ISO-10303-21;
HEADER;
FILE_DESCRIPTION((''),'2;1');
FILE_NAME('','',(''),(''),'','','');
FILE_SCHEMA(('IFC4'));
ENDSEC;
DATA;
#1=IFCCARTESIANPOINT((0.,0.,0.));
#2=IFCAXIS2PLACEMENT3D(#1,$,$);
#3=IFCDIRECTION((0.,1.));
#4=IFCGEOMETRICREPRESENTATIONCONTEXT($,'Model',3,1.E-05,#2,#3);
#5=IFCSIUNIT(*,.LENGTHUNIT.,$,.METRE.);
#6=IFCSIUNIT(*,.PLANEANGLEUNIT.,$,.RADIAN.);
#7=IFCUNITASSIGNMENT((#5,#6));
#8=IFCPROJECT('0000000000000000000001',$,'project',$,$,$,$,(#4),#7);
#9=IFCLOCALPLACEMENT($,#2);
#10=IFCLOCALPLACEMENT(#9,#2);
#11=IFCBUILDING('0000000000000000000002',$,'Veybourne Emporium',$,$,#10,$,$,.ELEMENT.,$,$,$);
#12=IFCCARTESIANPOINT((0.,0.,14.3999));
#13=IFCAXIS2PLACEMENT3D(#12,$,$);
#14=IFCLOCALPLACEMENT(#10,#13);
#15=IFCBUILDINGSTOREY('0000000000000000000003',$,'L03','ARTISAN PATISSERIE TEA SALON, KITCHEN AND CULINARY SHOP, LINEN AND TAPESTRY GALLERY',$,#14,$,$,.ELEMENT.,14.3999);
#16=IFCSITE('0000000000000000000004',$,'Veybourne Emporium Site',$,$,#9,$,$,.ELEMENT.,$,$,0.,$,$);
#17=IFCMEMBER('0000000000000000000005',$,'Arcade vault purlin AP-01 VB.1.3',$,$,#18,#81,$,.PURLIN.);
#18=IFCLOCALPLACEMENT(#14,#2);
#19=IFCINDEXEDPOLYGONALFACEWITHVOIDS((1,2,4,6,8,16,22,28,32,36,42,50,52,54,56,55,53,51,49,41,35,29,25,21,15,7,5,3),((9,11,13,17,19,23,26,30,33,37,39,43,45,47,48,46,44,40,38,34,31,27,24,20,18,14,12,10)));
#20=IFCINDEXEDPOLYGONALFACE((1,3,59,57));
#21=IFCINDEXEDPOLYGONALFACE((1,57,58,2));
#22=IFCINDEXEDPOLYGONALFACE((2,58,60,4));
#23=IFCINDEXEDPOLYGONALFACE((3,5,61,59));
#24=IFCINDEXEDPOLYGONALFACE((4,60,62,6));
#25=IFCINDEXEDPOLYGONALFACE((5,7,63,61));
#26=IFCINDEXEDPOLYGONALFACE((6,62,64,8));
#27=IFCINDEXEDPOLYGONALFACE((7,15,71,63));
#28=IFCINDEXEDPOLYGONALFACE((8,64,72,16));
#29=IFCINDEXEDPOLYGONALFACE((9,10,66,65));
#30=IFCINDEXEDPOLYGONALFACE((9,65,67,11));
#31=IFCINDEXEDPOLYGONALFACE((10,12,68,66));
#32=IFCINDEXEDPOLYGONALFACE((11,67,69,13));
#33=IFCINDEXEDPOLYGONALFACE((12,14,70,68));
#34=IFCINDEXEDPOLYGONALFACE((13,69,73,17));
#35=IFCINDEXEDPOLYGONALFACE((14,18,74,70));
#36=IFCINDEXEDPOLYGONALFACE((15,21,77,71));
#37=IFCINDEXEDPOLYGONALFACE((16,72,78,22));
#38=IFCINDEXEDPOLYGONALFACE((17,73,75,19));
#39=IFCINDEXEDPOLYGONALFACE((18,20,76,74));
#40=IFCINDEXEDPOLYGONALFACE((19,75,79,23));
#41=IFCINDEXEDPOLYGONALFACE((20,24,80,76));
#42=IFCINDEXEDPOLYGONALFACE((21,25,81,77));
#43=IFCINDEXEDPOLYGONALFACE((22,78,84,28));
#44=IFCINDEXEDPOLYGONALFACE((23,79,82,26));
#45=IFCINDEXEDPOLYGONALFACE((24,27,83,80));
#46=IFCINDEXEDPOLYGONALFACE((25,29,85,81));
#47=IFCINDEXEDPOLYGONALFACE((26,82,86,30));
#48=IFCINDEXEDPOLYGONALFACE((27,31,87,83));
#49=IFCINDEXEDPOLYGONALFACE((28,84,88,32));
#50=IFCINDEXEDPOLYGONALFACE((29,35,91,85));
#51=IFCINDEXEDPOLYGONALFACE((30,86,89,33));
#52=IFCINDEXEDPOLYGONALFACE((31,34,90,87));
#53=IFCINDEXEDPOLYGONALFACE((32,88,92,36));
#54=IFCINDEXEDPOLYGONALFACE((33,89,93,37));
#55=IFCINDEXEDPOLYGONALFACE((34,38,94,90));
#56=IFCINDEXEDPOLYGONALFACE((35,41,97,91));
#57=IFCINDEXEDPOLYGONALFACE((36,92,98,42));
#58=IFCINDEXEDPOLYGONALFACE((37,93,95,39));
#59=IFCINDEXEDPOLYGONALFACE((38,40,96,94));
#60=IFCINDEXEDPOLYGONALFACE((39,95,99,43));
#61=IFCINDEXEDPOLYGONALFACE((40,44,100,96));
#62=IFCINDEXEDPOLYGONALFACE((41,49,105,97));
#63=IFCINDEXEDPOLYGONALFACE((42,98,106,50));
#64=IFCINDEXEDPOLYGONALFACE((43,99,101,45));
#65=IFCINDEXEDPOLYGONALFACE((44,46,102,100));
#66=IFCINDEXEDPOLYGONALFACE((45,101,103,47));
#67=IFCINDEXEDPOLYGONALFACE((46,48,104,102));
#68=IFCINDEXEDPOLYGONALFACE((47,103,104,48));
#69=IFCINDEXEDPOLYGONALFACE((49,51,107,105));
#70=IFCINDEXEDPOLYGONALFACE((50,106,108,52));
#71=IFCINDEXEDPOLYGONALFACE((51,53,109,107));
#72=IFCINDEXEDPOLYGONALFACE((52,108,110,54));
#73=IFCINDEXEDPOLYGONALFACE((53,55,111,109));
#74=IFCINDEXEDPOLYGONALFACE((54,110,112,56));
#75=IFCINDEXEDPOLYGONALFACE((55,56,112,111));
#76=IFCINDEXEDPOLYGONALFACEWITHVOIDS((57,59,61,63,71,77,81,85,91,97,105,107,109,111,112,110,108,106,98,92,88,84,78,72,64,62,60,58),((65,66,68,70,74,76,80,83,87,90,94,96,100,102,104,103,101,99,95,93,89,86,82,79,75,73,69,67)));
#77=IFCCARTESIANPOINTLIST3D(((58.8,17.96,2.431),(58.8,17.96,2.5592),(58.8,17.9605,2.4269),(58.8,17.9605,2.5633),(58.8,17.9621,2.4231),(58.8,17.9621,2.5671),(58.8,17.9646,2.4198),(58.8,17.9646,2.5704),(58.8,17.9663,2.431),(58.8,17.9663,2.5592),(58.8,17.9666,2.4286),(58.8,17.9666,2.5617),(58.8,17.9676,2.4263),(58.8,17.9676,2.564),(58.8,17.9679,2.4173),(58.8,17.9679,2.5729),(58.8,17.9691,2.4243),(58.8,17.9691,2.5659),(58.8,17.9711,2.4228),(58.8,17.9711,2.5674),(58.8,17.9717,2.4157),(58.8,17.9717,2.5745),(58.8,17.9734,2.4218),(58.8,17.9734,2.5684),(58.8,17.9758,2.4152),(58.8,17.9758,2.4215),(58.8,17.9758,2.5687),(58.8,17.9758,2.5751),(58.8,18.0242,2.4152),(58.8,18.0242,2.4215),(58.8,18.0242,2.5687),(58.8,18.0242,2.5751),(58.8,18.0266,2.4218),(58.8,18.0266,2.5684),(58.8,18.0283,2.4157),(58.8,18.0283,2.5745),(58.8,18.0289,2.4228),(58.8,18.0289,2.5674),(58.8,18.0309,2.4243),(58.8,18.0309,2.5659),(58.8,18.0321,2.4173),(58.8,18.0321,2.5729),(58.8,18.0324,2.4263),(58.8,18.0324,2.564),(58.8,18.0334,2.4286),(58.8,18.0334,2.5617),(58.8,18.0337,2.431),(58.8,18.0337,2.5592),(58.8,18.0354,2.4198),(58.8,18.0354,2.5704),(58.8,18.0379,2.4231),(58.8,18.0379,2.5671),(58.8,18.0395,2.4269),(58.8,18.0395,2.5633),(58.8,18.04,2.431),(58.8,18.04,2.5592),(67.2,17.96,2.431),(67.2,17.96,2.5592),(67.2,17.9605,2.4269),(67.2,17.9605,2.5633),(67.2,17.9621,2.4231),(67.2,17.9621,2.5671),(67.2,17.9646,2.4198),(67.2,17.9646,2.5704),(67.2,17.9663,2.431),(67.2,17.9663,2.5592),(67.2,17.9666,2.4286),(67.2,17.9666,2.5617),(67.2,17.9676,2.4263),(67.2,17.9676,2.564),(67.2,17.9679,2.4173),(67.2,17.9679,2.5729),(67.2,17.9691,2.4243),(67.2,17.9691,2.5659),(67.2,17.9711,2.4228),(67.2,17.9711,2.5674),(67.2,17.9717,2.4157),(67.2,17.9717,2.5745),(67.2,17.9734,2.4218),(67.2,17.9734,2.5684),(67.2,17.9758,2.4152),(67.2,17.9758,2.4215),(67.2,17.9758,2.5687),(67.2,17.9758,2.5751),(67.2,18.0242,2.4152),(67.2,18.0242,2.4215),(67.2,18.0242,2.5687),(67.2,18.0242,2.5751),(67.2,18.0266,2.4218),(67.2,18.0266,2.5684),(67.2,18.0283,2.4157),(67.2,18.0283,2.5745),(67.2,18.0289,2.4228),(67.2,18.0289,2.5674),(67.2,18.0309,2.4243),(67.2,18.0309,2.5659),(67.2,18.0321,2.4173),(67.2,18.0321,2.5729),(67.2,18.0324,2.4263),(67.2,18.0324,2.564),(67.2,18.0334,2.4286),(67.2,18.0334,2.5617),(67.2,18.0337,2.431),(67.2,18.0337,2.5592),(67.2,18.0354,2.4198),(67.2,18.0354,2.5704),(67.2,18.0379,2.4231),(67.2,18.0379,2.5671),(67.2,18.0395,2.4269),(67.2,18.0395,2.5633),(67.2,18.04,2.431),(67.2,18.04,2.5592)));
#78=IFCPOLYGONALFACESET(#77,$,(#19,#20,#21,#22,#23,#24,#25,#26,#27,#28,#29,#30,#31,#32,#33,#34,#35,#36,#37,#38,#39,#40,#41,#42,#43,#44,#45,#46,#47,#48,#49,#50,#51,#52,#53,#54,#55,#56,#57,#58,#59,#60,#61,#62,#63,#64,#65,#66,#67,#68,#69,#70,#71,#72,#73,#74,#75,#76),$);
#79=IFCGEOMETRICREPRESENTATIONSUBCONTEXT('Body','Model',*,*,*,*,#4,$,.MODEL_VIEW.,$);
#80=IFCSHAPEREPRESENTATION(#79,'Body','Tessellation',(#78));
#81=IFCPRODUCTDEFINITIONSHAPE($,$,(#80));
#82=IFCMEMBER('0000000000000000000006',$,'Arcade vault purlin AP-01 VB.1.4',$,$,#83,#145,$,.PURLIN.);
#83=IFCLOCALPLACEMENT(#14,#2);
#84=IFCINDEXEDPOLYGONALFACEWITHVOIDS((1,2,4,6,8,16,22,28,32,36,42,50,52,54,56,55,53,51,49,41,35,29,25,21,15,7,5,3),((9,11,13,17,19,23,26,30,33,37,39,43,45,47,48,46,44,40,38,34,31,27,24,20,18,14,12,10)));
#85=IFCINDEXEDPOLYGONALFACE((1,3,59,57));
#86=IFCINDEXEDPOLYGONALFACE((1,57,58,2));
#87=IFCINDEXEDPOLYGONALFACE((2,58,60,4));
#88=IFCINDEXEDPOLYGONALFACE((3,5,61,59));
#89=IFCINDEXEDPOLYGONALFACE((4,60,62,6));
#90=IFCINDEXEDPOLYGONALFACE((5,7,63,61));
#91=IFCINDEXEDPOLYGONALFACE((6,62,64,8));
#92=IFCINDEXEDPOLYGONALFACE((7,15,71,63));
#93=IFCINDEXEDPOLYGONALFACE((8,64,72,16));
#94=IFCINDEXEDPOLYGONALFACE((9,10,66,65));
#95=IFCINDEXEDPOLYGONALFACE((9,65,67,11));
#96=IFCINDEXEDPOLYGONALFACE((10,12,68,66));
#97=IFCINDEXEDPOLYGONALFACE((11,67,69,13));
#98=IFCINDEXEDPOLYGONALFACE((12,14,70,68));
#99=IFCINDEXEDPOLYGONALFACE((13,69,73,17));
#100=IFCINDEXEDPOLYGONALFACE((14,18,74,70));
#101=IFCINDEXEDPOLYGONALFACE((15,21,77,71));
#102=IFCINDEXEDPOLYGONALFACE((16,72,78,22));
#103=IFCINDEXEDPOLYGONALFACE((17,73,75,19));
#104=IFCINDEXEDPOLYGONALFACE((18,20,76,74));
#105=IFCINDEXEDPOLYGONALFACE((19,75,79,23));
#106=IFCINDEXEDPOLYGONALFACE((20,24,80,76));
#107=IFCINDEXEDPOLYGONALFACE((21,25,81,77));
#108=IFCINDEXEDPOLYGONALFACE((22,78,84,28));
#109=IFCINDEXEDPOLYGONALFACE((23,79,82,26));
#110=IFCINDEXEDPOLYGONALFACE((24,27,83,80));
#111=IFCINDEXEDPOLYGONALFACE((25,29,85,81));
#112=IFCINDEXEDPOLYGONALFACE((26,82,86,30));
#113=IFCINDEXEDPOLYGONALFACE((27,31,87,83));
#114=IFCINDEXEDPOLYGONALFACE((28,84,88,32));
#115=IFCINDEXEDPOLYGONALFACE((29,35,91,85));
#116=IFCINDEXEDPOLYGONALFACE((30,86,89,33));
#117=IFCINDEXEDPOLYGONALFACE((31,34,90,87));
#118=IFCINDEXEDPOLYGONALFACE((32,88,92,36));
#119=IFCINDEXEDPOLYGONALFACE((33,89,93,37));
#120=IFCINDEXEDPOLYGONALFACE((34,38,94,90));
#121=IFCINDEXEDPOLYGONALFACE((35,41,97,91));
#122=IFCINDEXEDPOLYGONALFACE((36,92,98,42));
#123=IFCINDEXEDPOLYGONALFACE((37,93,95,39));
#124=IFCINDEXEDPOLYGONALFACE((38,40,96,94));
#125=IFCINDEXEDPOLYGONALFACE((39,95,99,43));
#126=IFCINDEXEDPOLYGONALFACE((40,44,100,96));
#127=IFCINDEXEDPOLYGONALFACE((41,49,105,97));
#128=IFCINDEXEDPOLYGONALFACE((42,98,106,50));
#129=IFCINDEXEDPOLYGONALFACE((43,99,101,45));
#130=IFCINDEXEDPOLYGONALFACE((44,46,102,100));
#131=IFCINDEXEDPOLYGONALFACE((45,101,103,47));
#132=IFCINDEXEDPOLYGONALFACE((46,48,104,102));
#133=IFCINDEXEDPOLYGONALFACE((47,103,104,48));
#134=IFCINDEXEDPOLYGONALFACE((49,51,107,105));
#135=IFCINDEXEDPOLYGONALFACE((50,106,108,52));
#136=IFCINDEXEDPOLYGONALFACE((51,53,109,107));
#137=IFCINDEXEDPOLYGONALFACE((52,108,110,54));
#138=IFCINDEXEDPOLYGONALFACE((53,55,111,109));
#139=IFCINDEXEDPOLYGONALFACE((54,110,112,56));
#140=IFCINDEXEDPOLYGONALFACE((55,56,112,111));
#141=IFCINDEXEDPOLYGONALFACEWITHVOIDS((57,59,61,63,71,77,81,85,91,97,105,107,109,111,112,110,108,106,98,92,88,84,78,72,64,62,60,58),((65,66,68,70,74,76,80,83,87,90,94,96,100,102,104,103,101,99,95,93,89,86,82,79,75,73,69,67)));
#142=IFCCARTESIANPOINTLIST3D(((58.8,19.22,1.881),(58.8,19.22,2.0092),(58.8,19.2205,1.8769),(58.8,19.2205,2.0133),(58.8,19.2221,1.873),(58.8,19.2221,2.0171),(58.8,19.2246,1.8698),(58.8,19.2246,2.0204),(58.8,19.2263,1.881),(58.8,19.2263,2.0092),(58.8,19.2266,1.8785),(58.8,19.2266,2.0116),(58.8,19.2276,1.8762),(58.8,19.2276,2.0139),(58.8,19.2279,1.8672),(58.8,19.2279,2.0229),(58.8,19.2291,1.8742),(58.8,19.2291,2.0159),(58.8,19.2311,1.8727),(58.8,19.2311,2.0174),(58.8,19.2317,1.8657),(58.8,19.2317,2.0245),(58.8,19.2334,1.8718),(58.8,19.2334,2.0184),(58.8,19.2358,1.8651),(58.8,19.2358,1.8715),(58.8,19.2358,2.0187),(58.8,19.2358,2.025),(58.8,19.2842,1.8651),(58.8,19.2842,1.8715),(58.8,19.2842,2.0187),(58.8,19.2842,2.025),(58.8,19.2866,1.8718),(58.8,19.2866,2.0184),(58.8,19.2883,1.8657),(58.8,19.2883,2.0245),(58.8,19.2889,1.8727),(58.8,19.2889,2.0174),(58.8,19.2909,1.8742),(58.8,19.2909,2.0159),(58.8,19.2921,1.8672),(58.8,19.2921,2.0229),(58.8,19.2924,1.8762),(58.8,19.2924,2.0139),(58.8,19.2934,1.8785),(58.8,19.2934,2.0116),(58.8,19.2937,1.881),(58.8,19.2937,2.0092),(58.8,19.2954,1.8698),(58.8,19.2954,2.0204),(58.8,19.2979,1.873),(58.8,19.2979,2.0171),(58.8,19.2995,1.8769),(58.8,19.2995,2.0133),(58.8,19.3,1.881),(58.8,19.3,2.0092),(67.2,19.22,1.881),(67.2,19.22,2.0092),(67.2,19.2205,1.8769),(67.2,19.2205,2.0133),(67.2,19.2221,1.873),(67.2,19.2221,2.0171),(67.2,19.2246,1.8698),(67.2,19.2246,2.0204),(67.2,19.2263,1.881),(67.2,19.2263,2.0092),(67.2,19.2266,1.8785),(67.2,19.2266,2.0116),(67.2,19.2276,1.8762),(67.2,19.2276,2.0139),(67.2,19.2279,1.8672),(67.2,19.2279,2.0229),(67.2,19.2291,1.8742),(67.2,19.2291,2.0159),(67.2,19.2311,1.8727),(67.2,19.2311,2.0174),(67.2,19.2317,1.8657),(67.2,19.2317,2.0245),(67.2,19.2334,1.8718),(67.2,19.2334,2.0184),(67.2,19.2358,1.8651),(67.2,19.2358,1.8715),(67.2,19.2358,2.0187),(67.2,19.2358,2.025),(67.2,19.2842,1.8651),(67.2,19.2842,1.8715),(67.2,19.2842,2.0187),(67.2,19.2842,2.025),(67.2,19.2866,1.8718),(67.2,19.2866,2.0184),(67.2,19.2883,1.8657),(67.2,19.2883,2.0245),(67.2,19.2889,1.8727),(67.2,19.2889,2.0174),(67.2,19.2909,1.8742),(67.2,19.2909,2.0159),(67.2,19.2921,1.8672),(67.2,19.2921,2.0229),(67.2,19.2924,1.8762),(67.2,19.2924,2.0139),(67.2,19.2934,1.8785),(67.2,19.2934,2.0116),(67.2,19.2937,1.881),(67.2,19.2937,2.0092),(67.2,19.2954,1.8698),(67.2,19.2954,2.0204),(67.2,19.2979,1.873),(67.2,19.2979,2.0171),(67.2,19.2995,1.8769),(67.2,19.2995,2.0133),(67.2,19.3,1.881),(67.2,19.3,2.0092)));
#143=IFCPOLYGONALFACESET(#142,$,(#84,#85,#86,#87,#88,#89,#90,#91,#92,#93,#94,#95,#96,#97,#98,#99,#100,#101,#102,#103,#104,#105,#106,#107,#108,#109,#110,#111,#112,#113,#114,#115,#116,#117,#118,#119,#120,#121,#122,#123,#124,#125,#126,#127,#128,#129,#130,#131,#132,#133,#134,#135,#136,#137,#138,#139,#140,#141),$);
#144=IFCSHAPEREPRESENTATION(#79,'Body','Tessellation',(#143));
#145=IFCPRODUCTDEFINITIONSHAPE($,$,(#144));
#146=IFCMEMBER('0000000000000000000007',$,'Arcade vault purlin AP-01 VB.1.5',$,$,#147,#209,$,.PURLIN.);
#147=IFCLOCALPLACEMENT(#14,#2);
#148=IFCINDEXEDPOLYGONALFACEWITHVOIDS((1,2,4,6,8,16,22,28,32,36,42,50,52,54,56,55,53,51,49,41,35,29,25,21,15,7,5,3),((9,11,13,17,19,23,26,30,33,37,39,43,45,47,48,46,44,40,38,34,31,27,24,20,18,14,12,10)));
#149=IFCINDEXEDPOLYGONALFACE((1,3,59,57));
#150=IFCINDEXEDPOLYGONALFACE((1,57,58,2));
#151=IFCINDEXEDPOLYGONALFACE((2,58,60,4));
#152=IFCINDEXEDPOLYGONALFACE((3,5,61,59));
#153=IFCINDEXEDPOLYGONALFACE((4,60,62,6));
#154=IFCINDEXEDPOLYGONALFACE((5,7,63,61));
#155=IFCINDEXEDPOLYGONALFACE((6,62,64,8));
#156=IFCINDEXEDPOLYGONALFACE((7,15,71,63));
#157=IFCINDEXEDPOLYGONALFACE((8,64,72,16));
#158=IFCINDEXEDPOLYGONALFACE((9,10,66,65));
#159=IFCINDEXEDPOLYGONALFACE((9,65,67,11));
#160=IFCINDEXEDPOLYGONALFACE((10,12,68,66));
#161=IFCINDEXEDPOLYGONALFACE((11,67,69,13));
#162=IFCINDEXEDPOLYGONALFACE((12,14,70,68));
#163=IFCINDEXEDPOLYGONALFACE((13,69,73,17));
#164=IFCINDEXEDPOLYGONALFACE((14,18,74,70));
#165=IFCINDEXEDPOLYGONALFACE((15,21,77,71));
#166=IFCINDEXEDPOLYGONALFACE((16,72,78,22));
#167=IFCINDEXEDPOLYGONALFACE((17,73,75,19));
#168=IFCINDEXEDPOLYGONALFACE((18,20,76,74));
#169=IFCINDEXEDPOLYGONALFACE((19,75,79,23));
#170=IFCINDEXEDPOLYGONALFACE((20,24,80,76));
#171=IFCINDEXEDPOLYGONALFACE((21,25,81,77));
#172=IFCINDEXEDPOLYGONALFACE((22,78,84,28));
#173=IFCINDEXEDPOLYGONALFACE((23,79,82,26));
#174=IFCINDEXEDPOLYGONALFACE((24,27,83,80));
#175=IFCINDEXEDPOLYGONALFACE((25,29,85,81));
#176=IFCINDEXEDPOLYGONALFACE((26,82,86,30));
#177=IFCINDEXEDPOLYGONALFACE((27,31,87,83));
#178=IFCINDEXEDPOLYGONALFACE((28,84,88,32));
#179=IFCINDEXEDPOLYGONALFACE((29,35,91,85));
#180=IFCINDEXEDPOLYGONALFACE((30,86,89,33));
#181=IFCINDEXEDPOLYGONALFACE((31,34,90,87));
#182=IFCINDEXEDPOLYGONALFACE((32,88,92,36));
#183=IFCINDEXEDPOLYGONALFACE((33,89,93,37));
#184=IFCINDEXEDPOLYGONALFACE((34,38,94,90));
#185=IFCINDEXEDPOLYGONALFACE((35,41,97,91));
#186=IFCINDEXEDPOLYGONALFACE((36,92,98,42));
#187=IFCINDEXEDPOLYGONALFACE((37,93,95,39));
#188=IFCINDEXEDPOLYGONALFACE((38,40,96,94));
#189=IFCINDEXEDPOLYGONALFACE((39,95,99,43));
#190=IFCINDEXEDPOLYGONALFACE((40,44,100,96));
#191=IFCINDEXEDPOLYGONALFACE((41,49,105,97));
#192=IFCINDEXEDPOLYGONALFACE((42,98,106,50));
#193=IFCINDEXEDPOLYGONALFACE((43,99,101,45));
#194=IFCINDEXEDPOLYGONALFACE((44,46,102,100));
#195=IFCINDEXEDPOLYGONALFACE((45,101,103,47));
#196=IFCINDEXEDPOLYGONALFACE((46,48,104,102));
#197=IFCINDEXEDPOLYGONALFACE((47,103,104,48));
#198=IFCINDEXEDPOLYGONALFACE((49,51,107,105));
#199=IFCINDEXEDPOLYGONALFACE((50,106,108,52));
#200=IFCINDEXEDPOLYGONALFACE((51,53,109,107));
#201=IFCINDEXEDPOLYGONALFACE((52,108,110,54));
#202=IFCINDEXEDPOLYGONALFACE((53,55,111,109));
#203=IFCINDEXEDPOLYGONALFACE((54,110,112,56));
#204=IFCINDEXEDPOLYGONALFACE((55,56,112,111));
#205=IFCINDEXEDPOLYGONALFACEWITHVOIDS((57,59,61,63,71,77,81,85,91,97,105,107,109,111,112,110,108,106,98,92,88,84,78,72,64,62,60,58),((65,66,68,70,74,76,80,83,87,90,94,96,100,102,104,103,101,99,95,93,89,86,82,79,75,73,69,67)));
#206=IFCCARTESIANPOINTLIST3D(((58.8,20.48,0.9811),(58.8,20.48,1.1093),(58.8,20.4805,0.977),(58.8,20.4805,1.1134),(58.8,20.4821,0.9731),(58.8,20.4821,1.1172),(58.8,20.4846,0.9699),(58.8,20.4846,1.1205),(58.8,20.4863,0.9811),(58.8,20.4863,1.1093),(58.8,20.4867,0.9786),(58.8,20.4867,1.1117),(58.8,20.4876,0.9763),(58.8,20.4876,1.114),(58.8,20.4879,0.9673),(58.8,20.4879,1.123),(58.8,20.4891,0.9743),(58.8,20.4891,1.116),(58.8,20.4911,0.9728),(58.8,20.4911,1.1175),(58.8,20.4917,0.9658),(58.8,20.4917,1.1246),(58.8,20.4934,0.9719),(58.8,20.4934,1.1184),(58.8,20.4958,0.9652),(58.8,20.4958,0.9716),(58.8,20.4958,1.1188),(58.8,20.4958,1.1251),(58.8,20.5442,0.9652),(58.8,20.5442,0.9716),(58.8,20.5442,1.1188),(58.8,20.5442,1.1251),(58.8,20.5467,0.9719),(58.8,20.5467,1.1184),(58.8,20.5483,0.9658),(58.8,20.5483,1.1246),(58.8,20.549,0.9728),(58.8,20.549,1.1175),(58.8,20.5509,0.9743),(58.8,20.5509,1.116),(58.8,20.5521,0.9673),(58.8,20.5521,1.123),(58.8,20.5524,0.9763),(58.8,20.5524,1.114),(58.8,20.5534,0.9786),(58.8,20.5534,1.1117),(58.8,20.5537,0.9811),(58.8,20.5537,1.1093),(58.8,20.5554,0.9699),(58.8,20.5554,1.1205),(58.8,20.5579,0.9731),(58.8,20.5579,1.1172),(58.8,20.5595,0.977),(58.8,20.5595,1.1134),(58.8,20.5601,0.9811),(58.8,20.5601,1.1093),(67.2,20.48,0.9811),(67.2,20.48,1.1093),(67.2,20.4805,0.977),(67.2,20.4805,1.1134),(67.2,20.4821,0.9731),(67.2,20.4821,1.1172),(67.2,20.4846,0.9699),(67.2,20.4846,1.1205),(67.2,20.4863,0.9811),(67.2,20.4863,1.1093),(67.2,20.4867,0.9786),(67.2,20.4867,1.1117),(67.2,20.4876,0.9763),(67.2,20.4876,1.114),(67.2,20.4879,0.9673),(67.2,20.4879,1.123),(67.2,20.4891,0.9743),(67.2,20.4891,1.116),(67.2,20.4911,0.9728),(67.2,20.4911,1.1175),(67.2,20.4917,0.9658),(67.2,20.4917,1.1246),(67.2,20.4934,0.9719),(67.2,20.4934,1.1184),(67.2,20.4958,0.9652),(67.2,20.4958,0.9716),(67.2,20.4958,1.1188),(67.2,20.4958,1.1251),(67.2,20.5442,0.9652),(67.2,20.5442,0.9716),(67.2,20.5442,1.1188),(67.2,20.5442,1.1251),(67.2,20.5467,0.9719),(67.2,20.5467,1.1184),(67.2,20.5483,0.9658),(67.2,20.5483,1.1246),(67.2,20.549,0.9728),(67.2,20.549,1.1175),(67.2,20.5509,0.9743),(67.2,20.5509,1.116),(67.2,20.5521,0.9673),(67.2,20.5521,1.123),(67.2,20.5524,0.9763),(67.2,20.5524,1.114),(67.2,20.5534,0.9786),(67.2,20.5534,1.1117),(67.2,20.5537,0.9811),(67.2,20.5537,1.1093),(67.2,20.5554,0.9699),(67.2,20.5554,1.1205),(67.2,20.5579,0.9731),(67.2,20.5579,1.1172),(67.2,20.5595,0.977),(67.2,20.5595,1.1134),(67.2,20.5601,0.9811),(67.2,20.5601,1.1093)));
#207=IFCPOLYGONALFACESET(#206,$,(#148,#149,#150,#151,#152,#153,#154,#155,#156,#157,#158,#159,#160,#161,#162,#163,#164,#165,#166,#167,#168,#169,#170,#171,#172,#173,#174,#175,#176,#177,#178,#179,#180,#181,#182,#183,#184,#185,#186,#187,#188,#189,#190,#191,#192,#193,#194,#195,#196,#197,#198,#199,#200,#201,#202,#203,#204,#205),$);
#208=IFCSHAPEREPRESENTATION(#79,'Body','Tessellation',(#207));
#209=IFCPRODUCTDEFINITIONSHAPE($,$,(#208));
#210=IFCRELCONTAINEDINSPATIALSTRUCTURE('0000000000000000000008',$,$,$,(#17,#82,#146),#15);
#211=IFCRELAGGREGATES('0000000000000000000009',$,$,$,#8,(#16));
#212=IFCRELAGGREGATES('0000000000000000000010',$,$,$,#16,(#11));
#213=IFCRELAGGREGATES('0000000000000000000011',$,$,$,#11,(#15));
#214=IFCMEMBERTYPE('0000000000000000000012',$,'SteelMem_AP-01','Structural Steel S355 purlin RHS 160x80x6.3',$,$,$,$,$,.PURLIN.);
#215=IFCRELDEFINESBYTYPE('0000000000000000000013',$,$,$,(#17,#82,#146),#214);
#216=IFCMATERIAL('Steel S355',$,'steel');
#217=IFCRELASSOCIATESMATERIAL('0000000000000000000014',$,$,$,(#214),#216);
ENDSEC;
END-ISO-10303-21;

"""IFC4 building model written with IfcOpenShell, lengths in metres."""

from ifc_helpers import new_model, si_unit, direction, frame, origin, origin_2d, place, context, subcontext, project, spatial, hollow_rectangle, extrude, material, material_profile, profile_set, type_object, element, save


model = new_model("IFC4")

# Units and contexts
model_context = context("Model", 3, precision=1e-05, world=origin(), true_north=direction((0.0, 1.0)))
body_context = subcontext(model_context, "Body", "Model", "MODEL_VIEW")
ifc_project = project(units=[si_unit("LENGTHUNIT", "METRE"), si_unit("PLANEANGLEUNIT", "RADIAN")], contexts=[model_context])

# Site, building, storey
site_placement = place(None, origin())
site = spatial("IfcSite", under=ifc_project, at=site_placement, Name="Veybourne Emporium Site", CompositionType="ELEMENT", RefElevation=0.0)
building_placement = place(site_placement, origin())
building = spatial("IfcBuilding", under=site, at=building_placement, Name="Veybourne Emporium", CompositionType="ELEMENT")
storey_placement = place(building_placement, frame((0.0, 0.0, 14.3999)))
storey = spatial("IfcBuildingStorey", under=building, at=storey_placement, Name="L03", Description="ARTISAN PATISSERIE TEA SALON, KITCHEN AND CULINARY SHOP, LINEN AND TAPESTRY GALLERY", CompositionType="ELEMENT", Elevation=14.3999)

# Shared definitions
ifc_material_1 = material(Name="Steel S355", Category="steel")

# Members
ifc_material_profile_1 = material_profile(ifc_material_1, hollow_rectangle(XDim=0.0801, YDim=0.1599, WallThickness=0.0063, InnerFilletRadius=0.0095, OuterFilletRadius=0.0159, at=origin_2d()), Name="RHS 160x80x6.3")
ifc_profile_set_1 = profile_set([ifc_material_profile_1], Name="Steel S355")
member_type_1 = type_object("IfcMemberType", Name="SteelMem_AP-01", Description="Structural Steel S355 purlin RHS 160x80x6.3", PredefinedType="PURLIN", material=ifc_profile_set_1)
for number, where, z_axis, x_axis, name in (
    (1, (58.8, 18.0, 2.4951), (1.0, 0.0, 0.0), (0.0, 1.0, 0.0), "Arcade vault purlin AP-01 VB.1.3"),
    (2, (58.8, 19.26, 1.9451), (1.0, 0.0, 0.0), (0.0, 1.0, 0.0), "Arcade vault purlin AP-01 VB.1.4"),
    (3, (58.8, 20.52, 1.0452), (1.0, 0.0, 0.0), (0.0, 1.0, 0.0), "Arcade vault purlin AP-01 VB.1.5"),
):
    element("IfcMember", number, at=place(storey_placement, frame(where, z_axis=z_axis, x_axis=x_axis)), inside=storey, type_object=member_type_1, Name=name, PredefinedType="PURLIN", context=body_context, shape_type="SweptSolid", body=[
        extrude(hollow_rectangle(XDim=0.0801, YDim=0.1599, WallThickness=0.0063, InnerFilletRadius=0.0095, OuterFilletRadius=0.0159, at=origin_2d()), origin(), (0.0, 0.0, 1.0), 8.3999),
    ])

save(model, "model.ifc")
